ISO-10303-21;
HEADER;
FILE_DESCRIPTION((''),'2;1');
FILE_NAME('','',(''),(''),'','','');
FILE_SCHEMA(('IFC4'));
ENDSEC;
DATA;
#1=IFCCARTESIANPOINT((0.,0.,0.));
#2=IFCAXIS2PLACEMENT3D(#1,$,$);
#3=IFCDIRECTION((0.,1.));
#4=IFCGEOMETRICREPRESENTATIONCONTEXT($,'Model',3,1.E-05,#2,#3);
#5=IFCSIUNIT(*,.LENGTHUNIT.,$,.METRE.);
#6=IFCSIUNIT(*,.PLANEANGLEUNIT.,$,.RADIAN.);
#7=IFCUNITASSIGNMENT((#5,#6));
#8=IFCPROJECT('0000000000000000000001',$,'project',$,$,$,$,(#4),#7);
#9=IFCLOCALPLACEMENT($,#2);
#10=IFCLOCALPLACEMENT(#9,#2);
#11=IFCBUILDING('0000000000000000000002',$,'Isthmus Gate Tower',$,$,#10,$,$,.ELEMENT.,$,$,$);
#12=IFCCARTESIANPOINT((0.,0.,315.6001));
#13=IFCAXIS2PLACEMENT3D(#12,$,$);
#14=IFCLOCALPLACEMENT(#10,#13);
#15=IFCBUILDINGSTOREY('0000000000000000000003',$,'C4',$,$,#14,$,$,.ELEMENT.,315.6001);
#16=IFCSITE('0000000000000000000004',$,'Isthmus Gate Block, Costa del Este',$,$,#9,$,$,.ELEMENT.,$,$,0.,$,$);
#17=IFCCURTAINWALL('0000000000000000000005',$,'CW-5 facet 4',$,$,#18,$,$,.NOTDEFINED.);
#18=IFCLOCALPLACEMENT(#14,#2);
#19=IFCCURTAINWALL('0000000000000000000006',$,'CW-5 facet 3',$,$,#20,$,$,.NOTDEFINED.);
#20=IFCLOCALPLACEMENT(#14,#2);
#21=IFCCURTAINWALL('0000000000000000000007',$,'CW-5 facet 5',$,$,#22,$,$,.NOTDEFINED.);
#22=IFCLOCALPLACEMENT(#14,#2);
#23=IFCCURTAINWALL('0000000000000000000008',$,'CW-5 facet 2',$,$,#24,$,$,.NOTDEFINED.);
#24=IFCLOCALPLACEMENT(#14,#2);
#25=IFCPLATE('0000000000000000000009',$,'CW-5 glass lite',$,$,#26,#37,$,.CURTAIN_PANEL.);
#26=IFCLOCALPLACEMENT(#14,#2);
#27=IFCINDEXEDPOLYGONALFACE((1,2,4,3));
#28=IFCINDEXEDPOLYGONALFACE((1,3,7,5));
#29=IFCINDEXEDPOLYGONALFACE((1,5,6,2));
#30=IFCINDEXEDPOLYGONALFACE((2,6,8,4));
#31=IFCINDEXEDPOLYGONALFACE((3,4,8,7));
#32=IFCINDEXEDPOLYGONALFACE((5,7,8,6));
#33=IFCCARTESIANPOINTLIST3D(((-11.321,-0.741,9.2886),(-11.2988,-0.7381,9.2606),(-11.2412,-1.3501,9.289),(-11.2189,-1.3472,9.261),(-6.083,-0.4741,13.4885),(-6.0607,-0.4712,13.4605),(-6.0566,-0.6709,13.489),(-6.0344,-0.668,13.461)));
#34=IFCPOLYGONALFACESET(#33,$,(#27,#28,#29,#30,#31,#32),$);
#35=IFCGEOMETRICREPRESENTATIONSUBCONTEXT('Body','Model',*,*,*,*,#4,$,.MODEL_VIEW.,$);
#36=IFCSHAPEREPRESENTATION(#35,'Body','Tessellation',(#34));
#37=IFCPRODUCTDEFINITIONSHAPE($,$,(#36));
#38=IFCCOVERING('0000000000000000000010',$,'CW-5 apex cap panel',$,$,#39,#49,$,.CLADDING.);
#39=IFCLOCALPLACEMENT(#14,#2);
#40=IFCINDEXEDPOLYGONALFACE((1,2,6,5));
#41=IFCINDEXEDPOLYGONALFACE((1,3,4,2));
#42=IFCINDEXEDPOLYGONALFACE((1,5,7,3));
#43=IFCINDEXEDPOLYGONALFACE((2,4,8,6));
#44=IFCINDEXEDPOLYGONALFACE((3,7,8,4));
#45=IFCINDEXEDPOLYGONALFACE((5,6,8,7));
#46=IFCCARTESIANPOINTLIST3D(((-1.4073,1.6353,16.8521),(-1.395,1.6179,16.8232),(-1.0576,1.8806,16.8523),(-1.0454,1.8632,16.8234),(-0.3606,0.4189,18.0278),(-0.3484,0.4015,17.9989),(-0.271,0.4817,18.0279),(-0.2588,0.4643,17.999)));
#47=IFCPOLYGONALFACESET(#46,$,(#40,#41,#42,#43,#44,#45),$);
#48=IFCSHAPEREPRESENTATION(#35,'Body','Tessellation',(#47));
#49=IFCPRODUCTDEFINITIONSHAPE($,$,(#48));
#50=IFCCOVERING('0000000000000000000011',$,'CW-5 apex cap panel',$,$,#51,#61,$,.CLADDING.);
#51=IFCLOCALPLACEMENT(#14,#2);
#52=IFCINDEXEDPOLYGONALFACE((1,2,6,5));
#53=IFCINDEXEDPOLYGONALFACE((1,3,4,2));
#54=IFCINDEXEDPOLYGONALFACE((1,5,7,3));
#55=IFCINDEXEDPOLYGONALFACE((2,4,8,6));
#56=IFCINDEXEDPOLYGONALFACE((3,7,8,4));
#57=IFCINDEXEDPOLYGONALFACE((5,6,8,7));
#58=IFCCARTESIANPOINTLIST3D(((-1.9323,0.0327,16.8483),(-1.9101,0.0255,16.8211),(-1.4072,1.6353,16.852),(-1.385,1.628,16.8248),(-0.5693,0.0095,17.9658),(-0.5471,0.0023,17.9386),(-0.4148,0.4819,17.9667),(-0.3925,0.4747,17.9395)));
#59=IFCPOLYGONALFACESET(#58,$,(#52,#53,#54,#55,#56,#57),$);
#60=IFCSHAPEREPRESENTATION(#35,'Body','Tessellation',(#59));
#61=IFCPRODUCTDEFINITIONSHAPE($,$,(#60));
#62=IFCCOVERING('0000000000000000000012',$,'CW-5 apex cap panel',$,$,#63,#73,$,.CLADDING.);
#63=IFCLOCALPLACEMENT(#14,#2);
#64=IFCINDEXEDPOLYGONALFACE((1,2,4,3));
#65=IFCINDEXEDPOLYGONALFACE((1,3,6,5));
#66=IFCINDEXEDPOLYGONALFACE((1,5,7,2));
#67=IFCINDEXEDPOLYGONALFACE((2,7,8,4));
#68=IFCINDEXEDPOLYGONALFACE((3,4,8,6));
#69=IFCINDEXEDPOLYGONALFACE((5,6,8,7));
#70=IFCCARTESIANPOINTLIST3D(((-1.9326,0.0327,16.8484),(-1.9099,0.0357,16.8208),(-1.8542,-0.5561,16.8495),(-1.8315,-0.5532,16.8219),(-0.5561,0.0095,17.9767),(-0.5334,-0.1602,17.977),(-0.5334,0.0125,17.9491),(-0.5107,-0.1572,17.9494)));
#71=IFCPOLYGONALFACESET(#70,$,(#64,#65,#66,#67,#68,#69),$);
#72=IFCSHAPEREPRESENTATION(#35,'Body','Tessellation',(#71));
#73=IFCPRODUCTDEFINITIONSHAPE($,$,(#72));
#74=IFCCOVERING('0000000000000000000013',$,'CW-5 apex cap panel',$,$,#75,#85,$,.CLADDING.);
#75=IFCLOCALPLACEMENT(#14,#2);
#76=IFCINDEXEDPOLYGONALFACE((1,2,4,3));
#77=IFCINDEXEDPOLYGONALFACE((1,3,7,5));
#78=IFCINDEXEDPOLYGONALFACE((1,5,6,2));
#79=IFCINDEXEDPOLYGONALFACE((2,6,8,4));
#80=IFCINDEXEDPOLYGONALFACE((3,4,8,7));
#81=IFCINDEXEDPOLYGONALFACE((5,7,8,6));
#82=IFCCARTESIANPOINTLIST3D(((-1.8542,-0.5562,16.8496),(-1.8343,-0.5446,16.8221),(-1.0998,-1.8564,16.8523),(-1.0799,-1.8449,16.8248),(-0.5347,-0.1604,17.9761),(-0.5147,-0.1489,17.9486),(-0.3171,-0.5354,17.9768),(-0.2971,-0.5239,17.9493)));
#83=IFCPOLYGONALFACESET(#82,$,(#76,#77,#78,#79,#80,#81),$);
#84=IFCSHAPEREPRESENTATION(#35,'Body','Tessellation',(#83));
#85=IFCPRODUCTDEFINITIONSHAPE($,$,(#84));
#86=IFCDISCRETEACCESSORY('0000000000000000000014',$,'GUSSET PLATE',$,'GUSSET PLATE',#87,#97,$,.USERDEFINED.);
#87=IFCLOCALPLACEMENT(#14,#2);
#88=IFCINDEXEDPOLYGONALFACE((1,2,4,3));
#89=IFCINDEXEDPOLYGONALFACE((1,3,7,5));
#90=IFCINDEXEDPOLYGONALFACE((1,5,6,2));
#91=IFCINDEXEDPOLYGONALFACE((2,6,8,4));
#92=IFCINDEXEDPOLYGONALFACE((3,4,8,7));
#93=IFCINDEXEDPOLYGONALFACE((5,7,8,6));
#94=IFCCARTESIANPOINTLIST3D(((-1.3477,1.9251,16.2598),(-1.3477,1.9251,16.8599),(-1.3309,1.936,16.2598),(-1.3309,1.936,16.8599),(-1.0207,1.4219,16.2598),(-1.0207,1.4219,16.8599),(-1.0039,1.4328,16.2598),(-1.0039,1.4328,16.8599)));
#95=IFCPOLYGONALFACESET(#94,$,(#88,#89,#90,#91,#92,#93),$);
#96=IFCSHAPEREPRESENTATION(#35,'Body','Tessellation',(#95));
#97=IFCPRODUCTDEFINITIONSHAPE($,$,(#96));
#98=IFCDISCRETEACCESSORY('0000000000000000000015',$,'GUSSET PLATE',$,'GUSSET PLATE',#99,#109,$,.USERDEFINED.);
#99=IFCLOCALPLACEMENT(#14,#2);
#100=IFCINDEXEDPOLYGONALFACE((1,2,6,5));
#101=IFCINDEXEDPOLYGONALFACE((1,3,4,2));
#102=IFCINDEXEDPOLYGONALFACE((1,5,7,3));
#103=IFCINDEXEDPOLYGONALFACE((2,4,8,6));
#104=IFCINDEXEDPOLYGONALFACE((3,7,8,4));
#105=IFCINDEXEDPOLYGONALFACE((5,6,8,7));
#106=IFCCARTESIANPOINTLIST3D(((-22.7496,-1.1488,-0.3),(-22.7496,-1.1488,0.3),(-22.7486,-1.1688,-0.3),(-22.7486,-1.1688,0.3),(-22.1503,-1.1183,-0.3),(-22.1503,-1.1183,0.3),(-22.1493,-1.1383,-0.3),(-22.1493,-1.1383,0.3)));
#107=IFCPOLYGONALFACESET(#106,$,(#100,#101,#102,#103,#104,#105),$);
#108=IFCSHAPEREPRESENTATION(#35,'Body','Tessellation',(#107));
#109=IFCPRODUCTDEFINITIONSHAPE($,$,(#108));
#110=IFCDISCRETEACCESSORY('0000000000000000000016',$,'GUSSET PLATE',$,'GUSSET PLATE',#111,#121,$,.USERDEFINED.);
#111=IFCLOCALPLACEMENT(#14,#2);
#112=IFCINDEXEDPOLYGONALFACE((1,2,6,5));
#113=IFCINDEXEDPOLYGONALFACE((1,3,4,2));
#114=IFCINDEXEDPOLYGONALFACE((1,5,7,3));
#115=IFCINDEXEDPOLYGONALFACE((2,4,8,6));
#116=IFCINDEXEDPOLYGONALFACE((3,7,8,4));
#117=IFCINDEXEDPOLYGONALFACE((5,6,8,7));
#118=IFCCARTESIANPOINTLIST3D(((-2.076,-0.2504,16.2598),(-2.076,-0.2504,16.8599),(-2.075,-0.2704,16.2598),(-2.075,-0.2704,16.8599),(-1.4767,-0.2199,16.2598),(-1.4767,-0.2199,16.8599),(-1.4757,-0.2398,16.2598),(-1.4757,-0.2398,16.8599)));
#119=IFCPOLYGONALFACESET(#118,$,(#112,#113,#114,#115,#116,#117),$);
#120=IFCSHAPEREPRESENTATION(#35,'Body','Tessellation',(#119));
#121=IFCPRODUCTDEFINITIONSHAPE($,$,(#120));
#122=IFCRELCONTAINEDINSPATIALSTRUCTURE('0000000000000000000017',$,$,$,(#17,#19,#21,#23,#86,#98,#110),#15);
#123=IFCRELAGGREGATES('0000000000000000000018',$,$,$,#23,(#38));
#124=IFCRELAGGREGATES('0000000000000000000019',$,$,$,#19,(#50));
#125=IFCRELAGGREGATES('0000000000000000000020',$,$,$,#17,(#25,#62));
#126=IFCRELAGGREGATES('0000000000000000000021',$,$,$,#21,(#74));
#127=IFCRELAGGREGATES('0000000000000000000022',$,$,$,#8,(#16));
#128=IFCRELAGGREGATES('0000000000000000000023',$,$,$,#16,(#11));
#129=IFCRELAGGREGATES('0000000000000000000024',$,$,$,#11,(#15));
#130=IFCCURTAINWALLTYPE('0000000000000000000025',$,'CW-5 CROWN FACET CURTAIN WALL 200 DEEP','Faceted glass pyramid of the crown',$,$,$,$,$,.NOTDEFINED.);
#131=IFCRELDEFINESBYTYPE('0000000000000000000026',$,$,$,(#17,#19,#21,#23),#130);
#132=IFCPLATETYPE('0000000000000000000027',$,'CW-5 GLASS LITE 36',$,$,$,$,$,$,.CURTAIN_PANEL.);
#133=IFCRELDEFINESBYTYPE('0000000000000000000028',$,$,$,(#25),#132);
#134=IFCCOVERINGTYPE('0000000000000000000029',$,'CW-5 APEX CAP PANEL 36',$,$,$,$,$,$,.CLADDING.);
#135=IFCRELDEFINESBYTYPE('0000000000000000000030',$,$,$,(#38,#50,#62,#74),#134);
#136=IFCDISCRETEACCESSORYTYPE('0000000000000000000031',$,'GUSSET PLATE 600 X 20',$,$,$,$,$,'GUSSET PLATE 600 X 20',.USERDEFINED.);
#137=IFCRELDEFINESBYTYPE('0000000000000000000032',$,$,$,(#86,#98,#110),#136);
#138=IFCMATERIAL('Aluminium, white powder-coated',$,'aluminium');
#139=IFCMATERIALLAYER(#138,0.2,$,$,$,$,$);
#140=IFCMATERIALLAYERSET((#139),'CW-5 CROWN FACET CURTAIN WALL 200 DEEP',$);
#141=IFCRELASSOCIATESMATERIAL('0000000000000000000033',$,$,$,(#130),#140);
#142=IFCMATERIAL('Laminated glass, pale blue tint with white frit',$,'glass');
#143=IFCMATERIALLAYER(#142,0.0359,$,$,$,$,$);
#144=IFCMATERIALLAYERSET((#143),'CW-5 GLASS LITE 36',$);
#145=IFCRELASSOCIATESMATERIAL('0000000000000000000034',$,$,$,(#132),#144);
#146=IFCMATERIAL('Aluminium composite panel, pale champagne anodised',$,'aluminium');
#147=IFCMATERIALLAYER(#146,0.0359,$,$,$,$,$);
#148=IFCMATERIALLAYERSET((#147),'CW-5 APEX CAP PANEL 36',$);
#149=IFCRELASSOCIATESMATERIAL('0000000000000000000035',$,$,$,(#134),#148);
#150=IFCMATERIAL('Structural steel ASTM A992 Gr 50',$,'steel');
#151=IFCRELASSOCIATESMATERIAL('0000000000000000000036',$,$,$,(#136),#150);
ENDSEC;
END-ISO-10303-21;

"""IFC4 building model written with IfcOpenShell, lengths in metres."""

from ifc_helpers import new_model, si_unit, direction, frame, origin, origin_2d, place, context, subcontext, project, spatial, polyline, rectangle, outline, extrude, material, layer, layer_set, type_object, element, aggregate, save


model = new_model("IFC4")

# Units and contexts
model_context = context("Model", 3, precision=1e-05, world=origin(), true_north=direction((0.0, 1.0)))
body_context = subcontext(model_context, "Body", "Model", "MODEL_VIEW")
ifc_project = project(units=[si_unit("LENGTHUNIT", "METRE"), si_unit("PLANEANGLEUNIT", "RADIAN")], contexts=[model_context])

# Site, building, storey
site_placement = place(None, origin())
site = spatial("IfcSite", under=ifc_project, at=site_placement, Name="Isthmus Gate Block, Costa del Este", CompositionType="ELEMENT", RefElevation=0.0)
building_placement = place(site_placement, origin())
building = spatial("IfcBuilding", under=site, at=building_placement, Name="Isthmus Gate Tower", CompositionType="ELEMENT")
storey_placement = place(building_placement, frame((0.0, 0.0, 315.6001)))
storey = spatial("IfcBuildingStorey", under=building, at=storey_placement, Name="C4", CompositionType="ELEMENT", Elevation=315.6001)

# Curtain wall
ifc_material_1 = material(Name="Aluminium, white powder-coated", Category="aluminium")
ifc_layer_1 = layer(ifc_material_1, 0.2)
ifc_layer_set_1 = layer_set([ifc_layer_1], Name="CW-5 CROWN FACET CURTAIN WALL 200 DEEP")
curtain_wall_type = type_object("IfcCurtainWallType", Name="CW-5 CROWN FACET CURTAIN WALL 200 DEEP", Description="Faceted glass pyramid of the crown", PredefinedType="NOTDEFINED", material=ifc_layer_set_1)
curtain_wall_1_placement = place(storey_placement, origin())
curtain_wall_1 = element("IfcCurtainWall", 1, at=curtain_wall_1_placement, inside=storey, type_object=curtain_wall_type, Name="CW-5 facet 4", PredefinedType="NOTDEFINED")
placement_1 = place(building_placement, frame((0.0, 0.0, 324.6001)))

# Curtain wall
curtain_wall_2_placement = place(storey_placement, origin())
curtain_wall_2 = element("IfcCurtainWall", 2, at=curtain_wall_2_placement, inside=storey, type_object=curtain_wall_type, Name="CW-5 facet 3", PredefinedType="NOTDEFINED")
placement_2 = place(building_placement, frame((0.0, 0.0, 329.1001)))

# Curtain walls
curtain_wall_3_placement = place(storey_placement, origin())
curtain_wall_3 = element("IfcCurtainWall", 3, at=curtain_wall_3_placement, inside=storey, type_object=curtain_wall_type, Name="CW-5 facet 5", PredefinedType="NOTDEFINED")
curtain_wall_4_placement = place(storey_placement, origin())
curtain_wall_4 = element("IfcCurtainWall", 4, at=curtain_wall_4_placement, inside=storey, type_object=curtain_wall_type, Name="CW-5 facet 2", PredefinedType="NOTDEFINED")

# Plate
ifc_material_2 = material(Name="Laminated glass, pale blue tint with white frit", Category="glass")
ifc_layer_2 = layer(ifc_material_2, 0.0359)
ifc_layer_set_2 = layer_set([ifc_layer_2], Name="CW-5 GLASS LITE 36")
plate_type = type_object("IfcPlateType", Name="CW-5 GLASS LITE 36", PredefinedType="CURTAIN_PANEL", material=ifc_layer_set_2)
plate_1_placement = place(placement_1, frame((-11.321, -0.741, 0.2886), z_axis=(-0.620989, -0.080888, 0.779634), x_axis=(0.130028, -0.99151, 0.000698)))
plate_1 = element("IfcPlate", 5, at=plate_1_placement, type_object=plate_type, Name="CW-5 glass lite", PredefinedType="CURTAIN_PANEL", context=body_context, shape_type="SweptSolid", body=[
    extrude(outline(polyline([(0.0, 0.0), (0.6143, 0.0), (0.618, 6.7068), (0.4194, 6.7061), (0.0, 0.0)])), origin(), (0.0, 0.0, -1.0), 0.0359),
])

# Coverings
ifc_material_3 = material(Name="Aluminium composite panel, pale champagne anodised", Category="aluminium")
ifc_layer_3 = layer(ifc_material_3, 0.0359)
ifc_layer_set_3 = layer_set([ifc_layer_3], Name="CW-5 APEX CAP PANEL 36")
covering_type = type_object("IfcCoveringType", Name="CW-5 APEX CAP PANEL 36", PredefinedType="CLADDING", material=ifc_layer_set_3)
covering_1_placement = place(placement_2, frame((-1.0576, 1.8806, 3.3523), z_axis=(-0.340779, 0.485147, 0.805296), x_axis=(-0.818608, -0.574353, -0.000395)))
covering_1 = element("IfcCovering", 6, at=covering_1_placement, type_object=covering_type, Name="CW-5 apex cap panel", PredefinedType="CLADDING", context=body_context, shape_type="SweptSolid", body=[
    extrude(outline(polyline([(0.0, 0.0), (0.4271, 0.0), (0.2685, 1.983), (0.1591, 1.983), (0.0, 0.0)])), origin(), (0.0, 0.0, -1.0), 0.0359),
])
aggregate(curtain_wall_4, [covering_1])
covering_2_placement = place(placement_2, frame((-1.4072, 1.6353, 3.3521), z_axis=(-0.619024, 0.201075, 0.759196), x_axis=(-0.311377, -0.950284, -0.002202)))
covering_2 = element("IfcCovering", 7, at=covering_2_placement, type_object=covering_type, Name="CW-5 apex cap panel", PredefinedType="CLADDING", context=body_context, shape_type="SweptSolid", body=[
    extrude(outline(polyline([(0.0, 0.0), (1.6864, 0.0), (1.2816, 1.7156), (0.7845, 1.7153), (0.0, 0.0)])), origin(), (0.0, 0.0, -1.0), 0.0359),
])
aggregate(curtain_wall_2, [covering_2])
covering_3_placement = place(placement_2, frame((-1.9326, 0.0327, 3.3484), z_axis=(-0.632587, -0.082804, 0.77005), x_axis=(0.132054, -0.991241, 0.001893)))
covering_3 = element("IfcCovering", 8, at=covering_3_placement, type_object=covering_type, Name="CW-5 apex cap panel", PredefinedType="CLADDING", context=body_context, shape_type="SweptSolid", body=[
    extrude(outline(polyline([(0.0, 0.0), (0.5941, 0.0), (0.3781, 1.768), (0.2069, 1.768), (0.0, 0.0)])), origin(), (0.0, 0.0, -1.0), 0.0359),
])
aggregate(curtain_wall_1, [plate_1, covering_3])
covering_4_placement = place(placement_2, frame((-1.8542, -0.5562, 3.3496), z_axis=(-0.557106, -0.321644, 0.765623), x_axis=(0.501833, -0.864963, 0.001782)))
covering_4 = element("IfcCovering", 9, at=covering_4_placement, type_object=covering_type, Name="CW-5 apex cap panel", PredefinedType="CLADDING", context=body_context, shape_type="SweptSolid", body=[
    extrude(outline(polyline([(0.0, 0.0), (1.5033, 0.0), (0.7554, 1.7502), (0.3219, 1.7502), (0.0, 0.0)])), origin(), (0.0, 0.0, -1.0), 0.0359),
])
aggregate(curtain_wall_3, [covering_4])

# Discrete accessories
ifc_material_4 = material(Name="Structural steel ASTM A992 Gr 50", Category="steel")
discrete_accessory_type = type_object("IfcDiscreteAccessoryType", Name="GUSSET PLATE 600 X 20", ElementType="GUSSET PLATE 600 X 20", PredefinedType="USERDEFINED", material=ifc_material_4)
for number, where, z_axis, x_axis, name in (
    (10, (-1.1758, 1.679, 16.2598), (0.0, 0.0, 1.0), (0.544833, -0.838545, 0.0), "GUSSET PLATE"),
    (11, (-22.4495, -1.1436, -0.3), (0.0, 0.0, 1.0), (0.998705, 0.050876, 0.0), "GUSSET PLATE"),
    (12, (-1.7759, -0.2451, 16.2598), (0.0, 0.0, 1.0), (0.998705, 0.050876, 0.0), "GUSSET PLATE"),
):
    element("IfcDiscreteAccessory", number, at=place(storey_placement, frame(where, z_axis=z_axis, x_axis=x_axis)), inside=storey, type_object=discrete_accessory_type, Name=name, ObjectType="GUSSET PLATE", PredefinedType="USERDEFINED", context=body_context, shape_type="SweptSolid", body=[
        extrude(rectangle(XDim=0.6001, YDim=0.02, at=origin_2d()), origin(), (0.0, 0.0, 1.0), 0.6001),
    ])

save(model, "model.ifc")
